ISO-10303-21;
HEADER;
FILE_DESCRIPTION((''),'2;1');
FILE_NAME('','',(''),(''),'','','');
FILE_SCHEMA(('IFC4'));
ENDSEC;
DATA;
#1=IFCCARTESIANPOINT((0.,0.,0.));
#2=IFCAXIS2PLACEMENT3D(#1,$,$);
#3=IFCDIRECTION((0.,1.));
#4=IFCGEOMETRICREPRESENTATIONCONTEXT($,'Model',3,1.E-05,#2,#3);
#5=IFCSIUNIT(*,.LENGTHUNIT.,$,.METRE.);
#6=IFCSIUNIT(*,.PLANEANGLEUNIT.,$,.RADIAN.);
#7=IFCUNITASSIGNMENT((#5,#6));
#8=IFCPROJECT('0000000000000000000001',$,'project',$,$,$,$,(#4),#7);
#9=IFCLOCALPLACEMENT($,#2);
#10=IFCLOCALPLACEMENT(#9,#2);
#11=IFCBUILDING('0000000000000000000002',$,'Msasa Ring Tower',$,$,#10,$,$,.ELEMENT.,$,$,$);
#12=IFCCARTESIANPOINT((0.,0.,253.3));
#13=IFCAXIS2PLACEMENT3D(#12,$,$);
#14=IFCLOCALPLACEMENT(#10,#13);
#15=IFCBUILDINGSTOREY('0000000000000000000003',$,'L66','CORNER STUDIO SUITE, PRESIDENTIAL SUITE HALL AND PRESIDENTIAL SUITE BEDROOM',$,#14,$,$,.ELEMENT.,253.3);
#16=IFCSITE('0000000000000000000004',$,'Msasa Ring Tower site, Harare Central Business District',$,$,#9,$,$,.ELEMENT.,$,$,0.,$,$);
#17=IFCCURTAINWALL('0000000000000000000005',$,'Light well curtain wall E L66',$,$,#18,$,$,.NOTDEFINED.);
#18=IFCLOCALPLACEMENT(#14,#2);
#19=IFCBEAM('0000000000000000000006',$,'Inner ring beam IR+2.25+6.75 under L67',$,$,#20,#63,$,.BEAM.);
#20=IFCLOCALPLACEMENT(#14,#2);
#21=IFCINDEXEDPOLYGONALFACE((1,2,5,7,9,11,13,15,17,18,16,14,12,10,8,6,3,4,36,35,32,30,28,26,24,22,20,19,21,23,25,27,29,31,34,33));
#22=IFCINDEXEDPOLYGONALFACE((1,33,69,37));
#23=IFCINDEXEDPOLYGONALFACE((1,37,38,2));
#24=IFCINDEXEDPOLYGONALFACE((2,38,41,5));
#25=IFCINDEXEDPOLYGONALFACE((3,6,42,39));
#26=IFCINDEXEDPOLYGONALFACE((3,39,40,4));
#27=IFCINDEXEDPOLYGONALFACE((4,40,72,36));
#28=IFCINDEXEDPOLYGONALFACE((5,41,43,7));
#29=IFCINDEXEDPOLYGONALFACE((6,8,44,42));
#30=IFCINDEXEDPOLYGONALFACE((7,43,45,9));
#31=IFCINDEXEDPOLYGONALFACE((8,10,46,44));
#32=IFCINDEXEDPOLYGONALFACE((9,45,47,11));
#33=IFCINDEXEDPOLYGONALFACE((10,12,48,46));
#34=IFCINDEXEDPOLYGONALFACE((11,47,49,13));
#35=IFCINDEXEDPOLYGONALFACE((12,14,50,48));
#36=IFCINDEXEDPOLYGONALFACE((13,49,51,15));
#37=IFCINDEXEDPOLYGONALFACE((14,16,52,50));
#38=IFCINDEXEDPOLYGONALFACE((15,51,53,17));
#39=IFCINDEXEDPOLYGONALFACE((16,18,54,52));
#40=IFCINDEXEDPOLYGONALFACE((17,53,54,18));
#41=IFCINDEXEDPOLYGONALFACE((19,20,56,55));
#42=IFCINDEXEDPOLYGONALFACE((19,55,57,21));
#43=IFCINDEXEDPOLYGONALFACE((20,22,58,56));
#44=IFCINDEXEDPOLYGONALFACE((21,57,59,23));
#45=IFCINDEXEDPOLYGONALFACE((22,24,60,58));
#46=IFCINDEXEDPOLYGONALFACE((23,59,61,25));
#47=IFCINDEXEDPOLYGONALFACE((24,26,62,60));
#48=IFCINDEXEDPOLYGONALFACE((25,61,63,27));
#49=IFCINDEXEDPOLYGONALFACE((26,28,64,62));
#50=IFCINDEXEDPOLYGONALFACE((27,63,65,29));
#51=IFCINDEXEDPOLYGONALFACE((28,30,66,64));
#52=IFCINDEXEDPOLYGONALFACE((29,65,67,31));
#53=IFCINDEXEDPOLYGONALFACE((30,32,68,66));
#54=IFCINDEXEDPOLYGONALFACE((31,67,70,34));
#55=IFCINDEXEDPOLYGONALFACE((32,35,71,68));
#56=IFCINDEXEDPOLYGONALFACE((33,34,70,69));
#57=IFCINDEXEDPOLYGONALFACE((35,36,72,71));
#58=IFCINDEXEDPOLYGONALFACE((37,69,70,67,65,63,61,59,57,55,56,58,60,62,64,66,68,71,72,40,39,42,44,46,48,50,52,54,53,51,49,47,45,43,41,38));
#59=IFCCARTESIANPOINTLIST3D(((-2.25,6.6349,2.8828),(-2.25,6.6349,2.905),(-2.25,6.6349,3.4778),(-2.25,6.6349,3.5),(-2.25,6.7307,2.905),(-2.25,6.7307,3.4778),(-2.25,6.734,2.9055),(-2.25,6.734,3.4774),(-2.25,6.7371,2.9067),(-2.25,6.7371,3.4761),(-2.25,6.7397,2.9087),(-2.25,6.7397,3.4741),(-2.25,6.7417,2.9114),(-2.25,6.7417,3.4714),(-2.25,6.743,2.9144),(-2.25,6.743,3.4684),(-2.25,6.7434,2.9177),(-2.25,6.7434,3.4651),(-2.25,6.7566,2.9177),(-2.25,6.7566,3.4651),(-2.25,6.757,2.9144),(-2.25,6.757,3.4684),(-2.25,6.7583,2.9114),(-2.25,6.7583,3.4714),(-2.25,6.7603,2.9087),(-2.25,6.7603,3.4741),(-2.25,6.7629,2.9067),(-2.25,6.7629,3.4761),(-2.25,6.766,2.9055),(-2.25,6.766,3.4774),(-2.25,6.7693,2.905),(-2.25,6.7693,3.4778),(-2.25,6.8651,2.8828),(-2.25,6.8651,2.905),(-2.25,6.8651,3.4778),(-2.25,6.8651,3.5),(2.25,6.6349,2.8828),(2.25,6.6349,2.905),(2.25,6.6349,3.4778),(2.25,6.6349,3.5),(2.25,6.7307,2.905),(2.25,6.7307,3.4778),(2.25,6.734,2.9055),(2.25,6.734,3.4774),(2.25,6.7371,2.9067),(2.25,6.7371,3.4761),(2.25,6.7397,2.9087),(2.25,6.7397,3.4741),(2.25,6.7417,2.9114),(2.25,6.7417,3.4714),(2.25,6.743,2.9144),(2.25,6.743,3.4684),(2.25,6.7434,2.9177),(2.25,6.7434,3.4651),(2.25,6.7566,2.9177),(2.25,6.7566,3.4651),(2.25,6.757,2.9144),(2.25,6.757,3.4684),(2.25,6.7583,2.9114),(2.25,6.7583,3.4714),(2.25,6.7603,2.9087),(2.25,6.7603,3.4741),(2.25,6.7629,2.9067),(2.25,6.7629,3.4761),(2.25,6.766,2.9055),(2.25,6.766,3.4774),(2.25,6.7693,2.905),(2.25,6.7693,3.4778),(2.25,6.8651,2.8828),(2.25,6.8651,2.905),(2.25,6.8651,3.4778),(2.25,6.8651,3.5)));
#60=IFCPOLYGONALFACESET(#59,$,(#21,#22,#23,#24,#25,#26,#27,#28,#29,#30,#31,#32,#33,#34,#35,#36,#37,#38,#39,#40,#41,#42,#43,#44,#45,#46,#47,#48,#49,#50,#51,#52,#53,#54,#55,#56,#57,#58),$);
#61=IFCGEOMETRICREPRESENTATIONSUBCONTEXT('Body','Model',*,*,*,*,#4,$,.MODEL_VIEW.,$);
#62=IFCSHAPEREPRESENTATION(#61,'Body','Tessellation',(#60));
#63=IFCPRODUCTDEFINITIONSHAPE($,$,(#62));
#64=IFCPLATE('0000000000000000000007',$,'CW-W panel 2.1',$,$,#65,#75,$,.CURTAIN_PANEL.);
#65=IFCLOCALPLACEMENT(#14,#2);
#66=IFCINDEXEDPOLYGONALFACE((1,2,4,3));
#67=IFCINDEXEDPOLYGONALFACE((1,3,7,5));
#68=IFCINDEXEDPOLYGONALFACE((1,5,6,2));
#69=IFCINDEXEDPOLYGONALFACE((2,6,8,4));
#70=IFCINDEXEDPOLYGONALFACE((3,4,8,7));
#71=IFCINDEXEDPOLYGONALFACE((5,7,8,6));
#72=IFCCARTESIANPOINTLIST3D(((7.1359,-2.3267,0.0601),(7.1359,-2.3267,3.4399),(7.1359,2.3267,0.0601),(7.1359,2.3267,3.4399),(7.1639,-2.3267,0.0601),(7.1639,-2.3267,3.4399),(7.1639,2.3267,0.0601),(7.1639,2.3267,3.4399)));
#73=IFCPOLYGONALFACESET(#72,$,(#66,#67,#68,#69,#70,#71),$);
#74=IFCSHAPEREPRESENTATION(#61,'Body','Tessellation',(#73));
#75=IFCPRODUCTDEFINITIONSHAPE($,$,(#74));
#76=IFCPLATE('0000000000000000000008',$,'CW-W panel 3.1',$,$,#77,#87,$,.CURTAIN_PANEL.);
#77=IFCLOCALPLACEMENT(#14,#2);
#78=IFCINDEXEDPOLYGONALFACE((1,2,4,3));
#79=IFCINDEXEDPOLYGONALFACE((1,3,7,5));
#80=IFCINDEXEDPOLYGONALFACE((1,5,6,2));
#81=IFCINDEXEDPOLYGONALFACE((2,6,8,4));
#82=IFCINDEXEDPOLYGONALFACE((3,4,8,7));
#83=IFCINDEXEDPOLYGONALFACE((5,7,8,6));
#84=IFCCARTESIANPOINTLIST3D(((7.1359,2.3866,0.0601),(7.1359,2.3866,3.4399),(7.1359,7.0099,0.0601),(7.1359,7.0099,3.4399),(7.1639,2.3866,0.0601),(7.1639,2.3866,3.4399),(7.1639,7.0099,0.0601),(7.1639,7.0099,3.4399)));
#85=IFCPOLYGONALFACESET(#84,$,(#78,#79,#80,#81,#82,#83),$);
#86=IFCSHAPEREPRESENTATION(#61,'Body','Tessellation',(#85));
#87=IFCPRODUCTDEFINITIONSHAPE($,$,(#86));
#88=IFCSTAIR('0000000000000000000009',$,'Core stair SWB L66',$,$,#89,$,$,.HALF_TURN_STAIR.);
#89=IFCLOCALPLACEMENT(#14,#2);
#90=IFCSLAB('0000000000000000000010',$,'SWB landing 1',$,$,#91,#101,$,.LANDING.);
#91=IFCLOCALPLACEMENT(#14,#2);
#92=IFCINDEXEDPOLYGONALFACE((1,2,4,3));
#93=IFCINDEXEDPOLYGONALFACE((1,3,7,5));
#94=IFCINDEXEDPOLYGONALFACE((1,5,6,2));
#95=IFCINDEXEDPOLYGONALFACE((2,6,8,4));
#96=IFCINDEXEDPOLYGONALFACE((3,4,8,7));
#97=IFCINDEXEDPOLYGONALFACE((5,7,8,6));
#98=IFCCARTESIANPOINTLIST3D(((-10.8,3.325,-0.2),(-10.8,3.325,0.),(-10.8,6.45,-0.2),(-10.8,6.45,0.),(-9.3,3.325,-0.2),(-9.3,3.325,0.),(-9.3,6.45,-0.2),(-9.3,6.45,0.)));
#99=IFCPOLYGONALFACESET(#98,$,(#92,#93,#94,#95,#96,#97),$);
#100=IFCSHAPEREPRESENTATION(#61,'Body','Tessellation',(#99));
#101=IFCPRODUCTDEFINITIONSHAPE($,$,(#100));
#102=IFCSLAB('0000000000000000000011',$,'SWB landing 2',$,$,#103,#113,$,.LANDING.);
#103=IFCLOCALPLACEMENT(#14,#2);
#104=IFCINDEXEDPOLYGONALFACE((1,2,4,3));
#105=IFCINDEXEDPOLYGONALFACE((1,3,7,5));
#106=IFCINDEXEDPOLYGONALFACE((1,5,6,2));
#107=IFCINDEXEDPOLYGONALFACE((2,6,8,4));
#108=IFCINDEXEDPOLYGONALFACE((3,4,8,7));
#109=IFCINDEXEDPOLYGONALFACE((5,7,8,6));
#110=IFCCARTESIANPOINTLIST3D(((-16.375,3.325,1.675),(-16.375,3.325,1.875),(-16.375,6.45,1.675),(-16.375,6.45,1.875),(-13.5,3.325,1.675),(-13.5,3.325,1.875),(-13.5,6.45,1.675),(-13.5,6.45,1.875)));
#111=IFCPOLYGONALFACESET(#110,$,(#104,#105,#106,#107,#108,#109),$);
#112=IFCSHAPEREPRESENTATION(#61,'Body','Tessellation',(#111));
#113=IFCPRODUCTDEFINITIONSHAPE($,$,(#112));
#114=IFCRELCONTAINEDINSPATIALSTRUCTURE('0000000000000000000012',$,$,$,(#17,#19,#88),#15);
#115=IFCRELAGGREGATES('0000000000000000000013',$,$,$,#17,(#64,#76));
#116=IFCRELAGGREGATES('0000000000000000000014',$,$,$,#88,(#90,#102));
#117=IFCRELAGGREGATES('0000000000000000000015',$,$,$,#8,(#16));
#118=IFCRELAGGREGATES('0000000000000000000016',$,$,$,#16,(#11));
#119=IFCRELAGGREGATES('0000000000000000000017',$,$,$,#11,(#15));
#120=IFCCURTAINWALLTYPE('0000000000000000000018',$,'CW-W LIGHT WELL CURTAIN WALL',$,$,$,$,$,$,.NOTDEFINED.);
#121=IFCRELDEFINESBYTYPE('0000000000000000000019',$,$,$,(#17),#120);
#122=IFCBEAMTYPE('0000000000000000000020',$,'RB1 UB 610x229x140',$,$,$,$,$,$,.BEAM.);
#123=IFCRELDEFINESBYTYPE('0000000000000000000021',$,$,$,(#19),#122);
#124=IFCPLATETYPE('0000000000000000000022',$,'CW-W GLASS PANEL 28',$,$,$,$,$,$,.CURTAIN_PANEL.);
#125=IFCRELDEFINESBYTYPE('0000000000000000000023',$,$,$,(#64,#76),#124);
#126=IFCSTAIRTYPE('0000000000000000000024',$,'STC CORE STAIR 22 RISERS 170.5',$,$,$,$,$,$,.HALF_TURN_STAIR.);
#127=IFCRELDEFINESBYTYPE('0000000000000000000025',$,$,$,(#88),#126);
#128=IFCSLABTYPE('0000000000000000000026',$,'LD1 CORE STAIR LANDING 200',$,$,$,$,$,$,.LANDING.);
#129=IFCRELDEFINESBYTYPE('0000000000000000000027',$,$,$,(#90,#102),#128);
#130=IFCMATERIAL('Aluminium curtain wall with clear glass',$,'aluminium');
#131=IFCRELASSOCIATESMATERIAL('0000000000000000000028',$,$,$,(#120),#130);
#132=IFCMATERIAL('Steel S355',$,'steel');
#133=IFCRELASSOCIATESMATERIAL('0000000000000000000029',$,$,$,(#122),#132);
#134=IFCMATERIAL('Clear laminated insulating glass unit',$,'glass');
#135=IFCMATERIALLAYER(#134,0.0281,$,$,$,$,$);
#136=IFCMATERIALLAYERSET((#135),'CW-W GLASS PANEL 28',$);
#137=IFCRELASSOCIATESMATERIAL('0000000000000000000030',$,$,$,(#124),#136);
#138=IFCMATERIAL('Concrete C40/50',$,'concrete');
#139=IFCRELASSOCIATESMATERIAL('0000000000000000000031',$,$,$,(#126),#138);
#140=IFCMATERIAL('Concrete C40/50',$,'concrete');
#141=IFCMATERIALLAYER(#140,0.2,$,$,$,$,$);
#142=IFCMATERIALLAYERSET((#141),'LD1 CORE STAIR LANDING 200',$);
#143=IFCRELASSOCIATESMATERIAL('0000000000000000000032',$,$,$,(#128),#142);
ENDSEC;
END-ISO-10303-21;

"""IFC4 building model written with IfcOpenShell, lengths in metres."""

from ifc_helpers import new_model, si_unit, direction, frame, origin, origin_2d, place, context, subcontext, project, spatial, polyline, rectangle, i_section, outline, extrude, material, layer, layer_set, material_profile, profile_set, type_object, element, aggregate, save


model = new_model("IFC4")

# Units and contexts
model_context = context("Model", 3, precision=1e-05, world=origin(), true_north=direction((0.0, 1.0)))
body_context = subcontext(model_context, "Body", "Model", "MODEL_VIEW")
ifc_project = project(units=[si_unit("LENGTHUNIT", "METRE"), si_unit("PLANEANGLEUNIT", "RADIAN")], contexts=[model_context])

# Site, building, storey
site_placement = place(None, origin())
site = spatial("IfcSite", under=ifc_project, at=site_placement, Name="Msasa Ring Tower site, Harare Central Business District", CompositionType="ELEMENT", RefElevation=0.0)
building_placement = place(site_placement, origin())
building = spatial("IfcBuilding", under=site, at=building_placement, Name="Msasa Ring Tower", CompositionType="ELEMENT")
storey_placement = place(building_placement, frame((0.0, 0.0, 253.3)))
storey = spatial("IfcBuildingStorey", under=building, at=storey_placement, Name="L66", Description="CORNER STUDIO SUITE, PRESIDENTIAL SUITE HALL AND PRESIDENTIAL SUITE BEDROOM", CompositionType="ELEMENT", Elevation=253.3)

# Curtain wall
ifc_material_1 = material(Name="Aluminium curtain wall with clear glass", Category="aluminium")
curtain_wall_type = type_object("IfcCurtainWallType", Name="CW-W LIGHT WELL CURTAIN WALL", PredefinedType="NOTDEFINED", material=ifc_material_1)
curtain_wall_placement = place(storey_placement, origin())
curtain_wall = element("IfcCurtainWall", 1, at=curtain_wall_placement, inside=storey, type_object=curtain_wall_type, Name="Light well curtain wall E L66", PredefinedType="NOTDEFINED")

# Beam
ifc_material_2 = material(Name="Steel S355", Category="steel")
ifc_material_profile_1 = material_profile(ifc_material_2, i_section(OverallWidth=0.2302, OverallDepth=0.6172, WebThickness=0.0132, FlangeThickness=0.0222, FilletRadius=0.0127, at=origin_2d()), Name="UB 610x229x140")
ifc_profile_set_1 = profile_set([ifc_material_profile_1], Name="Steel S355")
beam_type = type_object("IfcBeamType", Name="RB1 UB 610x229x140", PredefinedType="BEAM", material=ifc_profile_set_1)
for number, where, z_axis, x_axis, name in (
    (2, (2.25, 6.75, 3.1914), (-1.0, 0.0, 0.0), (0.0, -1.0, 0.0), "Inner ring beam IR+2.25+6.75 under L67"),
):
    element("IfcBeam", number, at=place(storey_placement, frame(where, z_axis=z_axis, x_axis=x_axis)), inside=storey, type_object=beam_type, Name=name, PredefinedType="BEAM", context=body_context, shape_type="SweptSolid", body=[
        extrude(i_section(OverallWidth=0.2302, OverallDepth=0.6172, WebThickness=0.0132, FlangeThickness=0.0222, FilletRadius=0.0127, at=origin_2d()), origin(), (0.0, 0.0, 1.0), 4.5),
    ])

# Plates
ifc_material_3 = material(Name="Clear laminated insulating glass unit", Category="glass")
ifc_layer_1 = layer(ifc_material_3, 0.0281)
ifc_layer_set_1 = layer_set([ifc_layer_1], Name="CW-W GLASS PANEL 28")
plate_type = type_object("IfcPlateType", Name="CW-W GLASS PANEL 28", PredefinedType="CURTAIN_PANEL", material=ifc_layer_set_1)
plate_1_placement = place(storey_placement, frame((7.1499, 0.0, 0.0601), z_axis=(0.0, 0.0, 1.0), x_axis=(0.0, 1.0, 0.0)))
plate_1 = element("IfcPlate", 3, at=plate_1_placement, type_object=plate_type, Name="CW-W panel 2.1", PredefinedType="CURTAIN_PANEL", context=body_context, shape_type="SweptSolid", body=[
    extrude(rectangle(XDim=4.6533, YDim=0.0281, at=origin_2d()), origin(), (0.0, 0.0, 1.0), 3.3799),
])
plate_2_placement = place(storey_placement, frame((7.1499, 4.6982, 0.0601), z_axis=(0.0, 0.0, 1.0), x_axis=(0.0, 1.0, 0.0)))
plate_2 = element("IfcPlate", 4, at=plate_2_placement, type_object=plate_type, Name="CW-W panel 3.1", PredefinedType="CURTAIN_PANEL", context=body_context, shape_type="SweptSolid", body=[
    extrude(rectangle(XDim=4.6233, YDim=0.0281, at=origin_2d()), origin(), (0.0, 0.0, 1.0), 3.3799),
])
aggregate(curtain_wall, [plate_1, plate_2])

# Stair, slabs
ifc_material_4 = material(Name="Concrete C40/50", Category="concrete")
stair_type = type_object("IfcStairType", Name="STC CORE STAIR 22 RISERS 170.5", PredefinedType="HALF_TURN_STAIR", material=ifc_material_4)
stair_placement = place(storey_placement, origin())
stair = element("IfcStair", 5, at=stair_placement, inside=storey, type_object=stair_type, Name="Core stair SWB L66", PredefinedType="HALF_TURN_STAIR")
ifc_material_5 = material(Name="Concrete C40/50", Category="concrete")
ifc_layer_2 = layer(ifc_material_5, 0.2)
ifc_layer_set_2 = layer_set([ifc_layer_2], Name="LD1 CORE STAIR LANDING 200")
slab_type = type_object("IfcSlabType", Name="LD1 CORE STAIR LANDING 200", PredefinedType="LANDING", material=ifc_layer_set_2)
slab_1_placement = place(storey_placement, frame((0.0, 0.0, -0.2)))
slab_1 = element("IfcSlab", 6, at=slab_1_placement, type_object=slab_type, Name="SWB landing 1", PredefinedType="LANDING", context=body_context, shape_type="SweptSolid", body=[
    extrude(outline(polyline([(-10.8, 3.325), (-9.3, 3.325), (-9.3, 6.45), (-10.8, 6.45), (-10.8, 3.325)])), origin(), (0.0, 0.0, 1.0), 0.2),
])
slab_2_placement = place(storey_placement, frame((0.0, 0.0, 1.675)))
slab_2 = element("IfcSlab", 7, at=slab_2_placement, type_object=slab_type, Name="SWB landing 2", PredefinedType="LANDING", context=body_context, shape_type="SweptSolid", body=[
    extrude(outline(polyline([(-16.375, 3.325), (-13.5, 3.325), (-13.5, 6.45), (-16.375, 6.45), (-16.375, 3.325)])), origin(), (0.0, 0.0, 1.0), 0.2),
])
aggregate(stair, [slab_1, slab_2])

save(model, "model.ifc")
